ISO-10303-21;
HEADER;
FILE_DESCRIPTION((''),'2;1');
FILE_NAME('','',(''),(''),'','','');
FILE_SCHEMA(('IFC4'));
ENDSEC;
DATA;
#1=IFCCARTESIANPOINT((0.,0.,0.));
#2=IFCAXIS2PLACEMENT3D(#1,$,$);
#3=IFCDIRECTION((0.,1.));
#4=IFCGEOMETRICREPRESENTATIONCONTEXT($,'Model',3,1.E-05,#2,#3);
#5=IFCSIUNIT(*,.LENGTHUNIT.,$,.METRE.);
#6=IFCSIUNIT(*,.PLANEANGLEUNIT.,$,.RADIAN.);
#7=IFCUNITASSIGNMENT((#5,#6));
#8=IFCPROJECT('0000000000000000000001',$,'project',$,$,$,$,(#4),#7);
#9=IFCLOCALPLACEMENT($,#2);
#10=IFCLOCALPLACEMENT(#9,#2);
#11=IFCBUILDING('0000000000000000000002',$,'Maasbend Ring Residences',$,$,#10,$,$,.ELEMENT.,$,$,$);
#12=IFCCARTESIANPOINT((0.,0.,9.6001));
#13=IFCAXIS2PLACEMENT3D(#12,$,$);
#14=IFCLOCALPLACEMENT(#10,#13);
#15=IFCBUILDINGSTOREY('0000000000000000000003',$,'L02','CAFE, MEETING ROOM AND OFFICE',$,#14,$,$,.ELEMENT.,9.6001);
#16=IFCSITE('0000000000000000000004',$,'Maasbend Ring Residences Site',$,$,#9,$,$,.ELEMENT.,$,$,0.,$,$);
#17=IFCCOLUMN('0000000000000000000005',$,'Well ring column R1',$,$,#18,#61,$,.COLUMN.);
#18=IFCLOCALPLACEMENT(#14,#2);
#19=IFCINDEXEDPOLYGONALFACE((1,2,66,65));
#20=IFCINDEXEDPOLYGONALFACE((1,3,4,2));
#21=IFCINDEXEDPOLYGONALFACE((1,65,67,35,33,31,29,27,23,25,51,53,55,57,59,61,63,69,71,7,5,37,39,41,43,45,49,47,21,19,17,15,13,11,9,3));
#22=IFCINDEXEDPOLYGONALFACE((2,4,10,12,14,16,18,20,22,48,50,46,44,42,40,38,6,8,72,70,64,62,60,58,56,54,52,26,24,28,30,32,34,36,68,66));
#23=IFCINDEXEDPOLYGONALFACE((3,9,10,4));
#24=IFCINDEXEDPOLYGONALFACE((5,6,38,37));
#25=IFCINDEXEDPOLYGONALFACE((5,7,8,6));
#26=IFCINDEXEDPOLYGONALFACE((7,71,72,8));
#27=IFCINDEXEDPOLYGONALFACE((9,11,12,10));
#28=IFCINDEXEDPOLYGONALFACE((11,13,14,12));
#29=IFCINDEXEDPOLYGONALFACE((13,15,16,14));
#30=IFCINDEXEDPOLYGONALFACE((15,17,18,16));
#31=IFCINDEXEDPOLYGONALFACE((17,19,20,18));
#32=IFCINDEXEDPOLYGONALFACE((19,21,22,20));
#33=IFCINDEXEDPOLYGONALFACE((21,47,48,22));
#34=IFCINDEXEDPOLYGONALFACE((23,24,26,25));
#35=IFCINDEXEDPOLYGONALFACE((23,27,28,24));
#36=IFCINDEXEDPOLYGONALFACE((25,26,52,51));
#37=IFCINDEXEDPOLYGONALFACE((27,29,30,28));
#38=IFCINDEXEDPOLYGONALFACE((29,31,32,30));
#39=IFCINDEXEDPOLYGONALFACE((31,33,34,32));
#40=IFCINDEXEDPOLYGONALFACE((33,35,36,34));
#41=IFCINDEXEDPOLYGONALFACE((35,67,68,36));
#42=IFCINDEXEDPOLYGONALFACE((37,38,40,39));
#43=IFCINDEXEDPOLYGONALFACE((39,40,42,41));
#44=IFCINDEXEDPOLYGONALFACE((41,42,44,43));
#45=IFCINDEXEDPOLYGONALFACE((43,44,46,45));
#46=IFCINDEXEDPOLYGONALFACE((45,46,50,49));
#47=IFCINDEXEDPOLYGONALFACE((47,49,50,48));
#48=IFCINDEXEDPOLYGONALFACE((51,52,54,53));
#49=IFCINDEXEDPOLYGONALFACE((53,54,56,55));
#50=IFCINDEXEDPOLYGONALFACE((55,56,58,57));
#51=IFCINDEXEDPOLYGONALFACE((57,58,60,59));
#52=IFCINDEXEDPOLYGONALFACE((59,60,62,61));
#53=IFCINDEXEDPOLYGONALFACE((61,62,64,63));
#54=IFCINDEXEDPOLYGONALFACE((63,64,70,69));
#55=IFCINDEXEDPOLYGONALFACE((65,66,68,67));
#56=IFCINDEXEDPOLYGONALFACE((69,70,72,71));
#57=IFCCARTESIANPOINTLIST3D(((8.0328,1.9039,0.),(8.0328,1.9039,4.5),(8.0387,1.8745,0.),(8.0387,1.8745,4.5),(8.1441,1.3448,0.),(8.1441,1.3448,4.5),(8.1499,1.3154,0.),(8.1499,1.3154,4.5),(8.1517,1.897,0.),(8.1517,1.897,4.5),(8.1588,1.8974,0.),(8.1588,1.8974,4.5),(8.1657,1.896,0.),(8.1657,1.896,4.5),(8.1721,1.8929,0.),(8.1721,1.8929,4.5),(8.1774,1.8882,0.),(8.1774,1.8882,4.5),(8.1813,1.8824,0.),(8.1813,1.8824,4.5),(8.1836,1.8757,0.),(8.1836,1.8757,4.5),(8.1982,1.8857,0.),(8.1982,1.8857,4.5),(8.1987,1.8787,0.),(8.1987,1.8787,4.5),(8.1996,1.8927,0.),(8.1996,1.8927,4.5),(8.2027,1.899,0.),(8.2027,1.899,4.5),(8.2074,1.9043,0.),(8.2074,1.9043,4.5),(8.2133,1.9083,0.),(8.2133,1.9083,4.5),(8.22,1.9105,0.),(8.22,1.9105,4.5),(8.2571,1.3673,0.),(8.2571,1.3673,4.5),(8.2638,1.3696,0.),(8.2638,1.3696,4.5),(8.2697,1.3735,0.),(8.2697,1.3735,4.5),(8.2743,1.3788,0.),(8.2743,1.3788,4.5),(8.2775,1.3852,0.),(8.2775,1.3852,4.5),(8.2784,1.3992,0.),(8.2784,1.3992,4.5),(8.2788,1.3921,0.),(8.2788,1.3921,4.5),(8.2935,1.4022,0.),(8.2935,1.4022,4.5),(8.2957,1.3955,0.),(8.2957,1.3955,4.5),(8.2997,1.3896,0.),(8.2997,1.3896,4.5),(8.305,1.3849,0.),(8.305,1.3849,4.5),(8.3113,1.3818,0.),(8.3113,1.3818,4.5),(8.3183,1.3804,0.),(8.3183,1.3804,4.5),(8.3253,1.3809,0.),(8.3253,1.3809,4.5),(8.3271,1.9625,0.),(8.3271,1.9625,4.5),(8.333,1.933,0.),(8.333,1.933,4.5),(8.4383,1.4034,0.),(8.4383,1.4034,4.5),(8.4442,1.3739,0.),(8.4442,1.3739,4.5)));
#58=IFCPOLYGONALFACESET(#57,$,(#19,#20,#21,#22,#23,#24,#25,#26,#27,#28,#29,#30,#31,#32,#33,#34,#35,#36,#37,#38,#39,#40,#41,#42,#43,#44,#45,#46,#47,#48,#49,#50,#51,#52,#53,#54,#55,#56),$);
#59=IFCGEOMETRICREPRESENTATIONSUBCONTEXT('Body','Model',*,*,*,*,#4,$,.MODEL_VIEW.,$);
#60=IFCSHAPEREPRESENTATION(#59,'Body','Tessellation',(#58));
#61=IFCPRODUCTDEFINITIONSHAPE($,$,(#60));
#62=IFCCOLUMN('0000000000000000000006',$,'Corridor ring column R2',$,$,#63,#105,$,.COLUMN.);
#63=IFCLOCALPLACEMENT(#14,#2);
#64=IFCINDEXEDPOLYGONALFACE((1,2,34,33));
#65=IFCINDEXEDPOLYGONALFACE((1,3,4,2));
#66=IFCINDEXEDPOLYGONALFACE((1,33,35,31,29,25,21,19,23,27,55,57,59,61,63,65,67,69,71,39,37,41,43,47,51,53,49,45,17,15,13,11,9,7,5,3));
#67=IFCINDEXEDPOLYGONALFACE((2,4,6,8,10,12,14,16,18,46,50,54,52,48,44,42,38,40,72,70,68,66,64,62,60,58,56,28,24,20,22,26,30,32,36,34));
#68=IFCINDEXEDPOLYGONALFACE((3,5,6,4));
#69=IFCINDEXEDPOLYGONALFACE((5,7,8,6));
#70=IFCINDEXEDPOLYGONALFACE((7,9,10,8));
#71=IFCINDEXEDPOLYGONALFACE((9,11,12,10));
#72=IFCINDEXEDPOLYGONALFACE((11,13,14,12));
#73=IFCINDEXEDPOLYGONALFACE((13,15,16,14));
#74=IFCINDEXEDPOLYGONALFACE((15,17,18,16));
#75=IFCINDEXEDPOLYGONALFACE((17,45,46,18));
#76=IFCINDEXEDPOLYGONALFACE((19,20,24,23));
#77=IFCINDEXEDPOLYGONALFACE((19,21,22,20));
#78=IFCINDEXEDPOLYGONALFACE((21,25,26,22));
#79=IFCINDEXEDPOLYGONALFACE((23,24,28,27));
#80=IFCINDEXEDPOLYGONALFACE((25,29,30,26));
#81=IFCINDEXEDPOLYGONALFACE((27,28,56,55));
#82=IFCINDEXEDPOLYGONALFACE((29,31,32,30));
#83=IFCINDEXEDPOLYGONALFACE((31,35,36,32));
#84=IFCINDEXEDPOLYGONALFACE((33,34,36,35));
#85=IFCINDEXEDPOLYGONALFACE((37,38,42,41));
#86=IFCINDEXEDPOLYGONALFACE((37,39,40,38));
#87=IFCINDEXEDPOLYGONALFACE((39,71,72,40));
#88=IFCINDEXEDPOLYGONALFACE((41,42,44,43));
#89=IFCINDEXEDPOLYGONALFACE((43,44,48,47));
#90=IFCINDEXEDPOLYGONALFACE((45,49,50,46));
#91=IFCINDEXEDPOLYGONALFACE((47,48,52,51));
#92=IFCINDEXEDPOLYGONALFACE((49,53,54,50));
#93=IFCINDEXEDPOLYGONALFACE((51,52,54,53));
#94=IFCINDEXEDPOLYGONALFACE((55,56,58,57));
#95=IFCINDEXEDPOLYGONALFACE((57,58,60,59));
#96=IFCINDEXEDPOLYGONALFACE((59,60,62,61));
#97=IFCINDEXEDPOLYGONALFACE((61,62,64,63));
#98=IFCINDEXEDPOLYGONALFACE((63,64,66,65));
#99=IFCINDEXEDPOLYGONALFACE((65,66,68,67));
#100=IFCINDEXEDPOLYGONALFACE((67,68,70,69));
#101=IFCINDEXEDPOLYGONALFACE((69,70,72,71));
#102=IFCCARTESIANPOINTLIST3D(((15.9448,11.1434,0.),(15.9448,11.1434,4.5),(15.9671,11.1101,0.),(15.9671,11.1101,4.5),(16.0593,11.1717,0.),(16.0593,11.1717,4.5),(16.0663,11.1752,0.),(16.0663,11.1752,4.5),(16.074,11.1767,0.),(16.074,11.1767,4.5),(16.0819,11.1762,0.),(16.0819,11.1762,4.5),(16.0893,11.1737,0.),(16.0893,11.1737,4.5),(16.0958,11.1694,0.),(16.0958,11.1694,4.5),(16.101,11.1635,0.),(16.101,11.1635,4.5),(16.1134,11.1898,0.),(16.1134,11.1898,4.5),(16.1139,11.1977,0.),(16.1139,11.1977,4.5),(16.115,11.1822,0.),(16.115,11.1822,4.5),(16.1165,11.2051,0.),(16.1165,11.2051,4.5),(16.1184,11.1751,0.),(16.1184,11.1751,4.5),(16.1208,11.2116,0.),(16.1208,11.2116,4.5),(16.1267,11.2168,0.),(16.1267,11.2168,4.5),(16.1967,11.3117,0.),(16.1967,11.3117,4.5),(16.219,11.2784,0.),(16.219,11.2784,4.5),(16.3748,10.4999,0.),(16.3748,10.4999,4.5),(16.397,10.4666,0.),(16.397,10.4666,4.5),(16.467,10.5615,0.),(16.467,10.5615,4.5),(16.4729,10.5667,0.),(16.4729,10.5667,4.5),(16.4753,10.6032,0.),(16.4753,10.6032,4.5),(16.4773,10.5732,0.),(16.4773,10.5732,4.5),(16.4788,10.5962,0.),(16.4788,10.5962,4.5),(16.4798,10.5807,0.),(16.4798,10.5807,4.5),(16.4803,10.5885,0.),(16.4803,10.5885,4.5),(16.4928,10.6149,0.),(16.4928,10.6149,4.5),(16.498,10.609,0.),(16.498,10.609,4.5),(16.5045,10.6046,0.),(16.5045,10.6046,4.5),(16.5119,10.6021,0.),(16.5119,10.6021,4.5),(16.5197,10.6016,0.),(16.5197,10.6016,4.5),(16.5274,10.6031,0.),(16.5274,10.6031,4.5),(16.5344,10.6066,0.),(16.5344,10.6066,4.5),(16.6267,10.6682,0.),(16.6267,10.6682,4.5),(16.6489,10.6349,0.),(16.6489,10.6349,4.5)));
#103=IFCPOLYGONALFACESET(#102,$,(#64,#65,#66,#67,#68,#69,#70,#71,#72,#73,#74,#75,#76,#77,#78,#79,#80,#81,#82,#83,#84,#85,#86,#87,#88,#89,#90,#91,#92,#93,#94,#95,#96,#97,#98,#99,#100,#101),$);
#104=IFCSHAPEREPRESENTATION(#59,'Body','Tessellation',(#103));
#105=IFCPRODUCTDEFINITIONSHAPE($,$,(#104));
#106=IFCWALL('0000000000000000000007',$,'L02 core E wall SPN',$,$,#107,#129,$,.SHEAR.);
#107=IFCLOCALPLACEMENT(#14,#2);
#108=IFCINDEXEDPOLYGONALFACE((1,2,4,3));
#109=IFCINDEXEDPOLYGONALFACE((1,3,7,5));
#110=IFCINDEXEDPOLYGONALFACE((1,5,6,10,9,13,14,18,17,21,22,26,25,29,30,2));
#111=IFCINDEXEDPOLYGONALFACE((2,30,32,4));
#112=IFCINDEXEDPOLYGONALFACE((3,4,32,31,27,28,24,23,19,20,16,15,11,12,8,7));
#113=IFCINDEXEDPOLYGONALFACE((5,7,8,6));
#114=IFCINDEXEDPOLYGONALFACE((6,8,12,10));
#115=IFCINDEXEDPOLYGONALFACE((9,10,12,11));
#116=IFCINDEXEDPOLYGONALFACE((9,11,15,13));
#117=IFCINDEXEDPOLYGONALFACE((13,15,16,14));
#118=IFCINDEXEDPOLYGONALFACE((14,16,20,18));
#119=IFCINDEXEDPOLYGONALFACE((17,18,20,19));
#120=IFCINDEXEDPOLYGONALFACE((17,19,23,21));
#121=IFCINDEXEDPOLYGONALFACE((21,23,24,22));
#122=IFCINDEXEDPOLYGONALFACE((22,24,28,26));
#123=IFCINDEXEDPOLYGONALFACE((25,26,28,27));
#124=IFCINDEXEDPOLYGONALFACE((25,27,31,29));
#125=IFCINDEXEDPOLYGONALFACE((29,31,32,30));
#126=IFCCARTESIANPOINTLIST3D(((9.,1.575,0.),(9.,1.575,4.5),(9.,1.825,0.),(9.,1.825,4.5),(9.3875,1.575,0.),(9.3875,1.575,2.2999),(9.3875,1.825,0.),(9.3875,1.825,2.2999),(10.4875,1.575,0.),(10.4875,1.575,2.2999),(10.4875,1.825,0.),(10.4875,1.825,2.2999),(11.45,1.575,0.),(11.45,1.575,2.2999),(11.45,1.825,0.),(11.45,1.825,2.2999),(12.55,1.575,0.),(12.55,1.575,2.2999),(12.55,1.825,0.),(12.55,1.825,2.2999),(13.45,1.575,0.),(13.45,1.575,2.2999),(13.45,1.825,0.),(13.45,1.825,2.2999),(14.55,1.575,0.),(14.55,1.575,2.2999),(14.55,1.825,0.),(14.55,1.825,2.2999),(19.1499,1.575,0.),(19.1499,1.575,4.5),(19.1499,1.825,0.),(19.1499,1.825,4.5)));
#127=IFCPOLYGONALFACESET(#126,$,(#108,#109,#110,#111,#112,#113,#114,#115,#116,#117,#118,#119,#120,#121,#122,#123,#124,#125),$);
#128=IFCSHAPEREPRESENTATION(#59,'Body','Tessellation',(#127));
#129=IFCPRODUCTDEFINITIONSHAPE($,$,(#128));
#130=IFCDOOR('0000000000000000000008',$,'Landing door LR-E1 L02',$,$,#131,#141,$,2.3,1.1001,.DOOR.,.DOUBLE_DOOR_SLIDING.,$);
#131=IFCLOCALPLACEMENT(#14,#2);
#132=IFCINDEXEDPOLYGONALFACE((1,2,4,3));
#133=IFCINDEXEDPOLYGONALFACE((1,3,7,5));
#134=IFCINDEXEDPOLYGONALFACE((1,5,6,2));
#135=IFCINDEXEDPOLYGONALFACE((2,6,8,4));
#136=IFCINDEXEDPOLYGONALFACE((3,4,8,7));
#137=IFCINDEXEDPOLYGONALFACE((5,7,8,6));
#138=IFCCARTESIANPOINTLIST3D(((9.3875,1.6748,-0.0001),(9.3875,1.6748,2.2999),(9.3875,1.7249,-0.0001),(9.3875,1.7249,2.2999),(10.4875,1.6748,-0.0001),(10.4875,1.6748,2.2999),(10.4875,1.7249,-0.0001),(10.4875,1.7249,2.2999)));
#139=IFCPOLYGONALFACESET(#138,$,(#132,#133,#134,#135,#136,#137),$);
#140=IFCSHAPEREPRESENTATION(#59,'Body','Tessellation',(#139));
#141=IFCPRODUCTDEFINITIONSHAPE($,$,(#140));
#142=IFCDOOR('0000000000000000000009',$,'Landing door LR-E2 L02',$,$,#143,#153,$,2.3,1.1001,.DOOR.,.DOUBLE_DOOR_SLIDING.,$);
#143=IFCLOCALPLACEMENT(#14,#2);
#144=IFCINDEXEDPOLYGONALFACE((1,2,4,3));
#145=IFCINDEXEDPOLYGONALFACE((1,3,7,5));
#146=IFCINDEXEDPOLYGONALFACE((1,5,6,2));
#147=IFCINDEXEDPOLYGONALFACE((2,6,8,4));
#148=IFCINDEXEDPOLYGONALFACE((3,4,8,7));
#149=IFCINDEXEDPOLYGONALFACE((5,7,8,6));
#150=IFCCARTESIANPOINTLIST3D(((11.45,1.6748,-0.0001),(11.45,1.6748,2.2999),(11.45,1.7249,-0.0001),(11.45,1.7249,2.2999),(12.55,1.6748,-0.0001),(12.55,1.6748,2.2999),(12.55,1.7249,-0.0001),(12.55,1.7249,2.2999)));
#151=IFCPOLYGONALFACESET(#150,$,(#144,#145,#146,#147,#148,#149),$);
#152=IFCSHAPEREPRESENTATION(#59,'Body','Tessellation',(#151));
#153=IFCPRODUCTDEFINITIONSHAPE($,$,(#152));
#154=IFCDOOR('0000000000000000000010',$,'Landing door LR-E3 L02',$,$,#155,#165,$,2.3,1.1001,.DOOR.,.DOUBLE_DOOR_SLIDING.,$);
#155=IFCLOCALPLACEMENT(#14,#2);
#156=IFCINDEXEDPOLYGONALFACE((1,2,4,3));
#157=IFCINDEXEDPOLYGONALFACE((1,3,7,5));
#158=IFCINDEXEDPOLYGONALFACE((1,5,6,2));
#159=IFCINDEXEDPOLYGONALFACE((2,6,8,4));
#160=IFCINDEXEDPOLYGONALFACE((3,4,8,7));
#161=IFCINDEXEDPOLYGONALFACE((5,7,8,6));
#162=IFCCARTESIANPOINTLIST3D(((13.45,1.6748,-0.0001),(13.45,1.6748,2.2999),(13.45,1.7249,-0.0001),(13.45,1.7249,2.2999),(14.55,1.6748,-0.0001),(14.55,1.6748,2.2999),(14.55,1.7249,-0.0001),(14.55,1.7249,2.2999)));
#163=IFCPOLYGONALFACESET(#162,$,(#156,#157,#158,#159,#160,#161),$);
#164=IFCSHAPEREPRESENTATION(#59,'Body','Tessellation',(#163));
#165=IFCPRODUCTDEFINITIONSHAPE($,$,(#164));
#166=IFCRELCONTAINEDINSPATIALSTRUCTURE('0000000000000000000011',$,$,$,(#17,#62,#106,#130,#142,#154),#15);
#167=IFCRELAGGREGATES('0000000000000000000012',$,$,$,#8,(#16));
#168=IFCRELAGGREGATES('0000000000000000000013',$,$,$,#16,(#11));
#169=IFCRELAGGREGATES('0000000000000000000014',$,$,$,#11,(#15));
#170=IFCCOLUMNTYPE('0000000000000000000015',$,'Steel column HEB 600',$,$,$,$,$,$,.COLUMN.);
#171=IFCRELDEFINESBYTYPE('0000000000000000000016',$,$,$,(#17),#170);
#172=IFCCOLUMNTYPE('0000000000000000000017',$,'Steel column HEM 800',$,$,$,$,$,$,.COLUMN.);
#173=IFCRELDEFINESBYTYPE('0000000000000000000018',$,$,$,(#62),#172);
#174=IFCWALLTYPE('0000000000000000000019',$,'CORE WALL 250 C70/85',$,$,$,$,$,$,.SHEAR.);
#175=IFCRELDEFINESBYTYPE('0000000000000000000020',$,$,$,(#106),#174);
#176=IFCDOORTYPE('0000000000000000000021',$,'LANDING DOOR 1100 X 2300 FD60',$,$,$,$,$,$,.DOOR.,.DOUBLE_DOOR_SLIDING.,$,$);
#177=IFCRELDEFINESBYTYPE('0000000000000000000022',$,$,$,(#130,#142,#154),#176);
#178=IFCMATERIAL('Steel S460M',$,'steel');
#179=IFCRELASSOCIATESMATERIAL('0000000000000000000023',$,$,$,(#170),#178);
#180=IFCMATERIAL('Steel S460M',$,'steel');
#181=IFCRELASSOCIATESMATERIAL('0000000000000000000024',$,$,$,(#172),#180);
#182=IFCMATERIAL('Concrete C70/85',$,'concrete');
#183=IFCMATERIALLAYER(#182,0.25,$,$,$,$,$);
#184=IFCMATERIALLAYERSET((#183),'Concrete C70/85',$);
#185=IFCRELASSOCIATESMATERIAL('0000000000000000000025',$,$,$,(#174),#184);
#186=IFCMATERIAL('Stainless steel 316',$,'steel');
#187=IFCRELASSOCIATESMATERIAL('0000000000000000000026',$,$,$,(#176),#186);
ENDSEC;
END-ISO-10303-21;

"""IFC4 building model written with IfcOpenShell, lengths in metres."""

from ifc_helpers import new_model, si_unit, direction, frame, frame_2d, origin, origin_2d, place, context, subcontext, project, spatial, rectangle, i_section, extrude, material, layer, layer_set, material_profile, profile_set, type_object, element, fill, save


model = new_model("IFC4")

# Units and contexts
model_context = context("Model", 3, precision=1e-05, world=origin(), true_north=direction((0.0, 1.0)))
body_context = subcontext(model_context, "Body", "Model", "MODEL_VIEW")
ifc_project = project(units=[si_unit("LENGTHUNIT", "METRE"), si_unit("PLANEANGLEUNIT", "RADIAN")], contexts=[model_context])

# Site, building, storey
site_placement = place(None, origin())
site = spatial("IfcSite", under=ifc_project, at=site_placement, Name="Maasbend Ring Residences Site", CompositionType="ELEMENT", RefElevation=0.0)
building_placement = place(site_placement, origin())
building = spatial("IfcBuilding", under=site, at=building_placement, Name="Maasbend Ring Residences", CompositionType="ELEMENT")
storey_placement = place(building_placement, frame((0.0, 0.0, 9.6001)))
storey = spatial("IfcBuildingStorey", under=building, at=storey_placement, Name="L02", Description="CAFE, MEETING ROOM AND OFFICE", CompositionType="ELEMENT", Elevation=9.6001)

# Columns
ifc_material_1 = material(Name="Steel S460M", Category="steel")
ifc_material_profile_1 = material_profile(ifc_material_1, i_section(OverallWidth=0.3, OverallDepth=0.6001, WebThickness=0.0154, FlangeThickness=0.03, FilletRadius=0.0271, at=origin_2d()), Name="HEB 600")
ifc_profile_set_1 = profile_set([ifc_material_profile_1], Name="Steel S460M")
column_type_1 = type_object("IfcColumnType", Name="Steel column HEB 600", PredefinedType="COLUMN", material=ifc_profile_set_1)
column_1_placement = place(storey_placement, frame((8.2385, 1.6389, 0.0), z_axis=(0.0, 0.0, 1.0), x_axis=(0.980785, 0.19509, 0.0)))
element("IfcColumn", 1, at=column_1_placement, inside=storey, type_object=column_type_1, Name="Well ring column R1", PredefinedType="COLUMN", context=body_context, shape_type="SweptSolid", body=[
    extrude(i_section(OverallWidth=0.3, OverallDepth=0.6001, WebThickness=0.0154, FlangeThickness=0.03, FilletRadius=0.0271, at=origin_2d()), origin(), (0.0, 0.0, 1.0), 4.5),
])
ifc_material_2 = material(Name="Steel S460M", Category="steel")
ifc_material_profile_2 = material_profile(ifc_material_2, i_section(OverallWidth=0.303, OverallDepth=0.814, WebThickness=0.021, FlangeThickness=0.04, FilletRadius=0.03, at=origin_2d()), Name="HEM 800")
ifc_profile_set_2 = profile_set([ifc_material_profile_2], Name="Steel S460M")
column_type_2 = type_object("IfcColumnType", Name="Steel column HEM 800", PredefinedType="COLUMN", material=ifc_profile_set_2)
column_2_placement = place(storey_placement, frame((16.2969, 10.8892, 0.0), z_axis=(0.0, 0.0, 1.0), x_axis=(0.83147, 0.55557, 0.0)))
element("IfcColumn", 2, at=column_2_placement, inside=storey, type_object=column_type_2, Name="Corridor ring column R2", PredefinedType="COLUMN", context=body_context, shape_type="SweptSolid", body=[
    extrude(i_section(OverallWidth=0.303, OverallDepth=0.814, WebThickness=0.021, FlangeThickness=0.04, FilletRadius=0.03, at=origin_2d()), origin(), (0.0, 0.0, 1.0), 4.5),
])

# Wall, openings, doors
ifc_material_3 = material(Name="Concrete C70/85", Category="concrete")
ifc_layer_1 = layer(ifc_material_3, 0.25)
ifc_layer_set_1 = layer_set([ifc_layer_1], Name="Concrete C70/85")
wall_type_1 = type_object("IfcWallType", Name="CORE WALL 250 C70/85", PredefinedType="SHEAR", material=ifc_layer_set_1)
wall_1_placement = place(storey_placement, frame((9.0, 1.7, 0.0), z_axis=(0.0, 0.0, 1.0), x_axis=(1.0, 0.0, 0.0)))
wall_1 = element("IfcWall", 3, at=wall_1_placement, inside=storey, type_object=wall_type_1, Name="L02 core E wall SPN", PredefinedType="SHEAR", context=body_context, shape_type="SweptSolid", body=[
    extrude(rectangle(XDim=10.1499, YDim=0.25, at=frame_2d((5.075, 0.0))), origin(), (0.0, 0.0, 1.0), 4.5),
])
opening_1_placement = place(wall_1_placement, frame((0.3875, 0.0, 0.0)))
opening_1 = element("IfcOpeningElement", 4, at=opening_1_placement, cuts=wall_1, PredefinedType="OPENING", context=body_context, shape_type="SweptSolid", body=[
    extrude(rectangle(XDim=1.1001, YDim=2.3, at=frame_2d((0.55, 1.1499))), frame((0.0, 0.135, 0.0), z_axis=(0.0, -1.0, 0.0), x_axis=(1.0, 0.0, 0.0)), (0.0, 0.0, 1.0), 0.27),
])
opening_2_placement = place(wall_1_placement, frame((2.45, 0.0, 0.0)))
opening_2 = element("IfcOpeningElement", 5, at=opening_2_placement, cuts=wall_1, PredefinedType="OPENING", context=body_context, shape_type="SweptSolid", body=[
    extrude(rectangle(XDim=1.1001, YDim=2.3, at=frame_2d((0.55, 1.1499))), frame((0.0, 0.135, 0.0), z_axis=(0.0, -1.0, 0.0), x_axis=(1.0, 0.0, 0.0)), (0.0, 0.0, 1.0), 0.27),
])
opening_3_placement = place(wall_1_placement, frame((4.45, 0.0, 0.0)))
opening_3 = element("IfcOpeningElement", 6, at=opening_3_placement, cuts=wall_1, PredefinedType="OPENING", context=body_context, shape_type="SweptSolid", body=[
    extrude(rectangle(XDim=1.1001, YDim=2.3, at=frame_2d((0.55, 1.1499))), frame((0.0, 0.135, 0.0), z_axis=(0.0, -1.0, 0.0), x_axis=(1.0, 0.0, 0.0)), (0.0, 0.0, 1.0), 0.27),
])
ifc_material_4 = material(Name="Stainless steel 316", Category="steel")
door_type_1 = type_object("IfcDoorType", Name="LANDING DOOR 1100 X 2300 FD60", OperationType="DOUBLE_DOOR_SLIDING", PredefinedType="DOOR", material=ifc_material_4)
door_1_placement = place(opening_1_placement, origin())
door_1 = element("IfcDoor", 7, at=door_1_placement, inside=storey, type_object=door_type_1, Name="Landing door LR-E1 L02", OperationType="DOUBLE_DOOR_SLIDING", OverallHeight=2.3, OverallWidth=1.1001, PredefinedType="DOOR", context=body_context, shape_type="SweptSolid", body=[
    extrude(rectangle(XDim=1.1001, YDim=2.3, at=frame_2d((0.55, 1.1499))), frame((0.0, 0.0249, 0.0), z_axis=(0.0, -1.0, 0.0), x_axis=(1.0, 0.0, 0.0)), (0.0, 0.0, 1.0), 0.05),
])
fill(opening_1, door_1)
door_2_placement = place(opening_2_placement, origin())
door_2 = element("IfcDoor", 8, at=door_2_placement, inside=storey, type_object=door_type_1, Name="Landing door LR-E2 L02", OperationType="DOUBLE_DOOR_SLIDING", OverallHeight=2.3, OverallWidth=1.1001, PredefinedType="DOOR", context=body_context, shape_type="SweptSolid", body=[
    extrude(rectangle(XDim=1.1001, YDim=2.3, at=frame_2d((0.55, 1.1499))), frame((0.0, 0.0249, 0.0), z_axis=(0.0, -1.0, 0.0), x_axis=(1.0, 0.0, 0.0)), (0.0, 0.0, 1.0), 0.05),
])
fill(opening_2, door_2)
door_3_placement = place(opening_3_placement, origin())
door_3 = element("IfcDoor", 9, at=door_3_placement, inside=storey, type_object=door_type_1, Name="Landing door LR-E3 L02", OperationType="DOUBLE_DOOR_SLIDING", OverallHeight=2.3, OverallWidth=1.1001, PredefinedType="DOOR", context=body_context, shape_type="SweptSolid", body=[
    extrude(rectangle(XDim=1.1001, YDim=2.3, at=frame_2d((0.55, 1.1499))), frame((0.0, 0.0249, 0.0), z_axis=(0.0, -1.0, 0.0), x_axis=(1.0, 0.0, 0.0)), (0.0, 0.0, 1.0), 0.05),
])
fill(opening_3, door_3)

save(model, "model.ifc")
